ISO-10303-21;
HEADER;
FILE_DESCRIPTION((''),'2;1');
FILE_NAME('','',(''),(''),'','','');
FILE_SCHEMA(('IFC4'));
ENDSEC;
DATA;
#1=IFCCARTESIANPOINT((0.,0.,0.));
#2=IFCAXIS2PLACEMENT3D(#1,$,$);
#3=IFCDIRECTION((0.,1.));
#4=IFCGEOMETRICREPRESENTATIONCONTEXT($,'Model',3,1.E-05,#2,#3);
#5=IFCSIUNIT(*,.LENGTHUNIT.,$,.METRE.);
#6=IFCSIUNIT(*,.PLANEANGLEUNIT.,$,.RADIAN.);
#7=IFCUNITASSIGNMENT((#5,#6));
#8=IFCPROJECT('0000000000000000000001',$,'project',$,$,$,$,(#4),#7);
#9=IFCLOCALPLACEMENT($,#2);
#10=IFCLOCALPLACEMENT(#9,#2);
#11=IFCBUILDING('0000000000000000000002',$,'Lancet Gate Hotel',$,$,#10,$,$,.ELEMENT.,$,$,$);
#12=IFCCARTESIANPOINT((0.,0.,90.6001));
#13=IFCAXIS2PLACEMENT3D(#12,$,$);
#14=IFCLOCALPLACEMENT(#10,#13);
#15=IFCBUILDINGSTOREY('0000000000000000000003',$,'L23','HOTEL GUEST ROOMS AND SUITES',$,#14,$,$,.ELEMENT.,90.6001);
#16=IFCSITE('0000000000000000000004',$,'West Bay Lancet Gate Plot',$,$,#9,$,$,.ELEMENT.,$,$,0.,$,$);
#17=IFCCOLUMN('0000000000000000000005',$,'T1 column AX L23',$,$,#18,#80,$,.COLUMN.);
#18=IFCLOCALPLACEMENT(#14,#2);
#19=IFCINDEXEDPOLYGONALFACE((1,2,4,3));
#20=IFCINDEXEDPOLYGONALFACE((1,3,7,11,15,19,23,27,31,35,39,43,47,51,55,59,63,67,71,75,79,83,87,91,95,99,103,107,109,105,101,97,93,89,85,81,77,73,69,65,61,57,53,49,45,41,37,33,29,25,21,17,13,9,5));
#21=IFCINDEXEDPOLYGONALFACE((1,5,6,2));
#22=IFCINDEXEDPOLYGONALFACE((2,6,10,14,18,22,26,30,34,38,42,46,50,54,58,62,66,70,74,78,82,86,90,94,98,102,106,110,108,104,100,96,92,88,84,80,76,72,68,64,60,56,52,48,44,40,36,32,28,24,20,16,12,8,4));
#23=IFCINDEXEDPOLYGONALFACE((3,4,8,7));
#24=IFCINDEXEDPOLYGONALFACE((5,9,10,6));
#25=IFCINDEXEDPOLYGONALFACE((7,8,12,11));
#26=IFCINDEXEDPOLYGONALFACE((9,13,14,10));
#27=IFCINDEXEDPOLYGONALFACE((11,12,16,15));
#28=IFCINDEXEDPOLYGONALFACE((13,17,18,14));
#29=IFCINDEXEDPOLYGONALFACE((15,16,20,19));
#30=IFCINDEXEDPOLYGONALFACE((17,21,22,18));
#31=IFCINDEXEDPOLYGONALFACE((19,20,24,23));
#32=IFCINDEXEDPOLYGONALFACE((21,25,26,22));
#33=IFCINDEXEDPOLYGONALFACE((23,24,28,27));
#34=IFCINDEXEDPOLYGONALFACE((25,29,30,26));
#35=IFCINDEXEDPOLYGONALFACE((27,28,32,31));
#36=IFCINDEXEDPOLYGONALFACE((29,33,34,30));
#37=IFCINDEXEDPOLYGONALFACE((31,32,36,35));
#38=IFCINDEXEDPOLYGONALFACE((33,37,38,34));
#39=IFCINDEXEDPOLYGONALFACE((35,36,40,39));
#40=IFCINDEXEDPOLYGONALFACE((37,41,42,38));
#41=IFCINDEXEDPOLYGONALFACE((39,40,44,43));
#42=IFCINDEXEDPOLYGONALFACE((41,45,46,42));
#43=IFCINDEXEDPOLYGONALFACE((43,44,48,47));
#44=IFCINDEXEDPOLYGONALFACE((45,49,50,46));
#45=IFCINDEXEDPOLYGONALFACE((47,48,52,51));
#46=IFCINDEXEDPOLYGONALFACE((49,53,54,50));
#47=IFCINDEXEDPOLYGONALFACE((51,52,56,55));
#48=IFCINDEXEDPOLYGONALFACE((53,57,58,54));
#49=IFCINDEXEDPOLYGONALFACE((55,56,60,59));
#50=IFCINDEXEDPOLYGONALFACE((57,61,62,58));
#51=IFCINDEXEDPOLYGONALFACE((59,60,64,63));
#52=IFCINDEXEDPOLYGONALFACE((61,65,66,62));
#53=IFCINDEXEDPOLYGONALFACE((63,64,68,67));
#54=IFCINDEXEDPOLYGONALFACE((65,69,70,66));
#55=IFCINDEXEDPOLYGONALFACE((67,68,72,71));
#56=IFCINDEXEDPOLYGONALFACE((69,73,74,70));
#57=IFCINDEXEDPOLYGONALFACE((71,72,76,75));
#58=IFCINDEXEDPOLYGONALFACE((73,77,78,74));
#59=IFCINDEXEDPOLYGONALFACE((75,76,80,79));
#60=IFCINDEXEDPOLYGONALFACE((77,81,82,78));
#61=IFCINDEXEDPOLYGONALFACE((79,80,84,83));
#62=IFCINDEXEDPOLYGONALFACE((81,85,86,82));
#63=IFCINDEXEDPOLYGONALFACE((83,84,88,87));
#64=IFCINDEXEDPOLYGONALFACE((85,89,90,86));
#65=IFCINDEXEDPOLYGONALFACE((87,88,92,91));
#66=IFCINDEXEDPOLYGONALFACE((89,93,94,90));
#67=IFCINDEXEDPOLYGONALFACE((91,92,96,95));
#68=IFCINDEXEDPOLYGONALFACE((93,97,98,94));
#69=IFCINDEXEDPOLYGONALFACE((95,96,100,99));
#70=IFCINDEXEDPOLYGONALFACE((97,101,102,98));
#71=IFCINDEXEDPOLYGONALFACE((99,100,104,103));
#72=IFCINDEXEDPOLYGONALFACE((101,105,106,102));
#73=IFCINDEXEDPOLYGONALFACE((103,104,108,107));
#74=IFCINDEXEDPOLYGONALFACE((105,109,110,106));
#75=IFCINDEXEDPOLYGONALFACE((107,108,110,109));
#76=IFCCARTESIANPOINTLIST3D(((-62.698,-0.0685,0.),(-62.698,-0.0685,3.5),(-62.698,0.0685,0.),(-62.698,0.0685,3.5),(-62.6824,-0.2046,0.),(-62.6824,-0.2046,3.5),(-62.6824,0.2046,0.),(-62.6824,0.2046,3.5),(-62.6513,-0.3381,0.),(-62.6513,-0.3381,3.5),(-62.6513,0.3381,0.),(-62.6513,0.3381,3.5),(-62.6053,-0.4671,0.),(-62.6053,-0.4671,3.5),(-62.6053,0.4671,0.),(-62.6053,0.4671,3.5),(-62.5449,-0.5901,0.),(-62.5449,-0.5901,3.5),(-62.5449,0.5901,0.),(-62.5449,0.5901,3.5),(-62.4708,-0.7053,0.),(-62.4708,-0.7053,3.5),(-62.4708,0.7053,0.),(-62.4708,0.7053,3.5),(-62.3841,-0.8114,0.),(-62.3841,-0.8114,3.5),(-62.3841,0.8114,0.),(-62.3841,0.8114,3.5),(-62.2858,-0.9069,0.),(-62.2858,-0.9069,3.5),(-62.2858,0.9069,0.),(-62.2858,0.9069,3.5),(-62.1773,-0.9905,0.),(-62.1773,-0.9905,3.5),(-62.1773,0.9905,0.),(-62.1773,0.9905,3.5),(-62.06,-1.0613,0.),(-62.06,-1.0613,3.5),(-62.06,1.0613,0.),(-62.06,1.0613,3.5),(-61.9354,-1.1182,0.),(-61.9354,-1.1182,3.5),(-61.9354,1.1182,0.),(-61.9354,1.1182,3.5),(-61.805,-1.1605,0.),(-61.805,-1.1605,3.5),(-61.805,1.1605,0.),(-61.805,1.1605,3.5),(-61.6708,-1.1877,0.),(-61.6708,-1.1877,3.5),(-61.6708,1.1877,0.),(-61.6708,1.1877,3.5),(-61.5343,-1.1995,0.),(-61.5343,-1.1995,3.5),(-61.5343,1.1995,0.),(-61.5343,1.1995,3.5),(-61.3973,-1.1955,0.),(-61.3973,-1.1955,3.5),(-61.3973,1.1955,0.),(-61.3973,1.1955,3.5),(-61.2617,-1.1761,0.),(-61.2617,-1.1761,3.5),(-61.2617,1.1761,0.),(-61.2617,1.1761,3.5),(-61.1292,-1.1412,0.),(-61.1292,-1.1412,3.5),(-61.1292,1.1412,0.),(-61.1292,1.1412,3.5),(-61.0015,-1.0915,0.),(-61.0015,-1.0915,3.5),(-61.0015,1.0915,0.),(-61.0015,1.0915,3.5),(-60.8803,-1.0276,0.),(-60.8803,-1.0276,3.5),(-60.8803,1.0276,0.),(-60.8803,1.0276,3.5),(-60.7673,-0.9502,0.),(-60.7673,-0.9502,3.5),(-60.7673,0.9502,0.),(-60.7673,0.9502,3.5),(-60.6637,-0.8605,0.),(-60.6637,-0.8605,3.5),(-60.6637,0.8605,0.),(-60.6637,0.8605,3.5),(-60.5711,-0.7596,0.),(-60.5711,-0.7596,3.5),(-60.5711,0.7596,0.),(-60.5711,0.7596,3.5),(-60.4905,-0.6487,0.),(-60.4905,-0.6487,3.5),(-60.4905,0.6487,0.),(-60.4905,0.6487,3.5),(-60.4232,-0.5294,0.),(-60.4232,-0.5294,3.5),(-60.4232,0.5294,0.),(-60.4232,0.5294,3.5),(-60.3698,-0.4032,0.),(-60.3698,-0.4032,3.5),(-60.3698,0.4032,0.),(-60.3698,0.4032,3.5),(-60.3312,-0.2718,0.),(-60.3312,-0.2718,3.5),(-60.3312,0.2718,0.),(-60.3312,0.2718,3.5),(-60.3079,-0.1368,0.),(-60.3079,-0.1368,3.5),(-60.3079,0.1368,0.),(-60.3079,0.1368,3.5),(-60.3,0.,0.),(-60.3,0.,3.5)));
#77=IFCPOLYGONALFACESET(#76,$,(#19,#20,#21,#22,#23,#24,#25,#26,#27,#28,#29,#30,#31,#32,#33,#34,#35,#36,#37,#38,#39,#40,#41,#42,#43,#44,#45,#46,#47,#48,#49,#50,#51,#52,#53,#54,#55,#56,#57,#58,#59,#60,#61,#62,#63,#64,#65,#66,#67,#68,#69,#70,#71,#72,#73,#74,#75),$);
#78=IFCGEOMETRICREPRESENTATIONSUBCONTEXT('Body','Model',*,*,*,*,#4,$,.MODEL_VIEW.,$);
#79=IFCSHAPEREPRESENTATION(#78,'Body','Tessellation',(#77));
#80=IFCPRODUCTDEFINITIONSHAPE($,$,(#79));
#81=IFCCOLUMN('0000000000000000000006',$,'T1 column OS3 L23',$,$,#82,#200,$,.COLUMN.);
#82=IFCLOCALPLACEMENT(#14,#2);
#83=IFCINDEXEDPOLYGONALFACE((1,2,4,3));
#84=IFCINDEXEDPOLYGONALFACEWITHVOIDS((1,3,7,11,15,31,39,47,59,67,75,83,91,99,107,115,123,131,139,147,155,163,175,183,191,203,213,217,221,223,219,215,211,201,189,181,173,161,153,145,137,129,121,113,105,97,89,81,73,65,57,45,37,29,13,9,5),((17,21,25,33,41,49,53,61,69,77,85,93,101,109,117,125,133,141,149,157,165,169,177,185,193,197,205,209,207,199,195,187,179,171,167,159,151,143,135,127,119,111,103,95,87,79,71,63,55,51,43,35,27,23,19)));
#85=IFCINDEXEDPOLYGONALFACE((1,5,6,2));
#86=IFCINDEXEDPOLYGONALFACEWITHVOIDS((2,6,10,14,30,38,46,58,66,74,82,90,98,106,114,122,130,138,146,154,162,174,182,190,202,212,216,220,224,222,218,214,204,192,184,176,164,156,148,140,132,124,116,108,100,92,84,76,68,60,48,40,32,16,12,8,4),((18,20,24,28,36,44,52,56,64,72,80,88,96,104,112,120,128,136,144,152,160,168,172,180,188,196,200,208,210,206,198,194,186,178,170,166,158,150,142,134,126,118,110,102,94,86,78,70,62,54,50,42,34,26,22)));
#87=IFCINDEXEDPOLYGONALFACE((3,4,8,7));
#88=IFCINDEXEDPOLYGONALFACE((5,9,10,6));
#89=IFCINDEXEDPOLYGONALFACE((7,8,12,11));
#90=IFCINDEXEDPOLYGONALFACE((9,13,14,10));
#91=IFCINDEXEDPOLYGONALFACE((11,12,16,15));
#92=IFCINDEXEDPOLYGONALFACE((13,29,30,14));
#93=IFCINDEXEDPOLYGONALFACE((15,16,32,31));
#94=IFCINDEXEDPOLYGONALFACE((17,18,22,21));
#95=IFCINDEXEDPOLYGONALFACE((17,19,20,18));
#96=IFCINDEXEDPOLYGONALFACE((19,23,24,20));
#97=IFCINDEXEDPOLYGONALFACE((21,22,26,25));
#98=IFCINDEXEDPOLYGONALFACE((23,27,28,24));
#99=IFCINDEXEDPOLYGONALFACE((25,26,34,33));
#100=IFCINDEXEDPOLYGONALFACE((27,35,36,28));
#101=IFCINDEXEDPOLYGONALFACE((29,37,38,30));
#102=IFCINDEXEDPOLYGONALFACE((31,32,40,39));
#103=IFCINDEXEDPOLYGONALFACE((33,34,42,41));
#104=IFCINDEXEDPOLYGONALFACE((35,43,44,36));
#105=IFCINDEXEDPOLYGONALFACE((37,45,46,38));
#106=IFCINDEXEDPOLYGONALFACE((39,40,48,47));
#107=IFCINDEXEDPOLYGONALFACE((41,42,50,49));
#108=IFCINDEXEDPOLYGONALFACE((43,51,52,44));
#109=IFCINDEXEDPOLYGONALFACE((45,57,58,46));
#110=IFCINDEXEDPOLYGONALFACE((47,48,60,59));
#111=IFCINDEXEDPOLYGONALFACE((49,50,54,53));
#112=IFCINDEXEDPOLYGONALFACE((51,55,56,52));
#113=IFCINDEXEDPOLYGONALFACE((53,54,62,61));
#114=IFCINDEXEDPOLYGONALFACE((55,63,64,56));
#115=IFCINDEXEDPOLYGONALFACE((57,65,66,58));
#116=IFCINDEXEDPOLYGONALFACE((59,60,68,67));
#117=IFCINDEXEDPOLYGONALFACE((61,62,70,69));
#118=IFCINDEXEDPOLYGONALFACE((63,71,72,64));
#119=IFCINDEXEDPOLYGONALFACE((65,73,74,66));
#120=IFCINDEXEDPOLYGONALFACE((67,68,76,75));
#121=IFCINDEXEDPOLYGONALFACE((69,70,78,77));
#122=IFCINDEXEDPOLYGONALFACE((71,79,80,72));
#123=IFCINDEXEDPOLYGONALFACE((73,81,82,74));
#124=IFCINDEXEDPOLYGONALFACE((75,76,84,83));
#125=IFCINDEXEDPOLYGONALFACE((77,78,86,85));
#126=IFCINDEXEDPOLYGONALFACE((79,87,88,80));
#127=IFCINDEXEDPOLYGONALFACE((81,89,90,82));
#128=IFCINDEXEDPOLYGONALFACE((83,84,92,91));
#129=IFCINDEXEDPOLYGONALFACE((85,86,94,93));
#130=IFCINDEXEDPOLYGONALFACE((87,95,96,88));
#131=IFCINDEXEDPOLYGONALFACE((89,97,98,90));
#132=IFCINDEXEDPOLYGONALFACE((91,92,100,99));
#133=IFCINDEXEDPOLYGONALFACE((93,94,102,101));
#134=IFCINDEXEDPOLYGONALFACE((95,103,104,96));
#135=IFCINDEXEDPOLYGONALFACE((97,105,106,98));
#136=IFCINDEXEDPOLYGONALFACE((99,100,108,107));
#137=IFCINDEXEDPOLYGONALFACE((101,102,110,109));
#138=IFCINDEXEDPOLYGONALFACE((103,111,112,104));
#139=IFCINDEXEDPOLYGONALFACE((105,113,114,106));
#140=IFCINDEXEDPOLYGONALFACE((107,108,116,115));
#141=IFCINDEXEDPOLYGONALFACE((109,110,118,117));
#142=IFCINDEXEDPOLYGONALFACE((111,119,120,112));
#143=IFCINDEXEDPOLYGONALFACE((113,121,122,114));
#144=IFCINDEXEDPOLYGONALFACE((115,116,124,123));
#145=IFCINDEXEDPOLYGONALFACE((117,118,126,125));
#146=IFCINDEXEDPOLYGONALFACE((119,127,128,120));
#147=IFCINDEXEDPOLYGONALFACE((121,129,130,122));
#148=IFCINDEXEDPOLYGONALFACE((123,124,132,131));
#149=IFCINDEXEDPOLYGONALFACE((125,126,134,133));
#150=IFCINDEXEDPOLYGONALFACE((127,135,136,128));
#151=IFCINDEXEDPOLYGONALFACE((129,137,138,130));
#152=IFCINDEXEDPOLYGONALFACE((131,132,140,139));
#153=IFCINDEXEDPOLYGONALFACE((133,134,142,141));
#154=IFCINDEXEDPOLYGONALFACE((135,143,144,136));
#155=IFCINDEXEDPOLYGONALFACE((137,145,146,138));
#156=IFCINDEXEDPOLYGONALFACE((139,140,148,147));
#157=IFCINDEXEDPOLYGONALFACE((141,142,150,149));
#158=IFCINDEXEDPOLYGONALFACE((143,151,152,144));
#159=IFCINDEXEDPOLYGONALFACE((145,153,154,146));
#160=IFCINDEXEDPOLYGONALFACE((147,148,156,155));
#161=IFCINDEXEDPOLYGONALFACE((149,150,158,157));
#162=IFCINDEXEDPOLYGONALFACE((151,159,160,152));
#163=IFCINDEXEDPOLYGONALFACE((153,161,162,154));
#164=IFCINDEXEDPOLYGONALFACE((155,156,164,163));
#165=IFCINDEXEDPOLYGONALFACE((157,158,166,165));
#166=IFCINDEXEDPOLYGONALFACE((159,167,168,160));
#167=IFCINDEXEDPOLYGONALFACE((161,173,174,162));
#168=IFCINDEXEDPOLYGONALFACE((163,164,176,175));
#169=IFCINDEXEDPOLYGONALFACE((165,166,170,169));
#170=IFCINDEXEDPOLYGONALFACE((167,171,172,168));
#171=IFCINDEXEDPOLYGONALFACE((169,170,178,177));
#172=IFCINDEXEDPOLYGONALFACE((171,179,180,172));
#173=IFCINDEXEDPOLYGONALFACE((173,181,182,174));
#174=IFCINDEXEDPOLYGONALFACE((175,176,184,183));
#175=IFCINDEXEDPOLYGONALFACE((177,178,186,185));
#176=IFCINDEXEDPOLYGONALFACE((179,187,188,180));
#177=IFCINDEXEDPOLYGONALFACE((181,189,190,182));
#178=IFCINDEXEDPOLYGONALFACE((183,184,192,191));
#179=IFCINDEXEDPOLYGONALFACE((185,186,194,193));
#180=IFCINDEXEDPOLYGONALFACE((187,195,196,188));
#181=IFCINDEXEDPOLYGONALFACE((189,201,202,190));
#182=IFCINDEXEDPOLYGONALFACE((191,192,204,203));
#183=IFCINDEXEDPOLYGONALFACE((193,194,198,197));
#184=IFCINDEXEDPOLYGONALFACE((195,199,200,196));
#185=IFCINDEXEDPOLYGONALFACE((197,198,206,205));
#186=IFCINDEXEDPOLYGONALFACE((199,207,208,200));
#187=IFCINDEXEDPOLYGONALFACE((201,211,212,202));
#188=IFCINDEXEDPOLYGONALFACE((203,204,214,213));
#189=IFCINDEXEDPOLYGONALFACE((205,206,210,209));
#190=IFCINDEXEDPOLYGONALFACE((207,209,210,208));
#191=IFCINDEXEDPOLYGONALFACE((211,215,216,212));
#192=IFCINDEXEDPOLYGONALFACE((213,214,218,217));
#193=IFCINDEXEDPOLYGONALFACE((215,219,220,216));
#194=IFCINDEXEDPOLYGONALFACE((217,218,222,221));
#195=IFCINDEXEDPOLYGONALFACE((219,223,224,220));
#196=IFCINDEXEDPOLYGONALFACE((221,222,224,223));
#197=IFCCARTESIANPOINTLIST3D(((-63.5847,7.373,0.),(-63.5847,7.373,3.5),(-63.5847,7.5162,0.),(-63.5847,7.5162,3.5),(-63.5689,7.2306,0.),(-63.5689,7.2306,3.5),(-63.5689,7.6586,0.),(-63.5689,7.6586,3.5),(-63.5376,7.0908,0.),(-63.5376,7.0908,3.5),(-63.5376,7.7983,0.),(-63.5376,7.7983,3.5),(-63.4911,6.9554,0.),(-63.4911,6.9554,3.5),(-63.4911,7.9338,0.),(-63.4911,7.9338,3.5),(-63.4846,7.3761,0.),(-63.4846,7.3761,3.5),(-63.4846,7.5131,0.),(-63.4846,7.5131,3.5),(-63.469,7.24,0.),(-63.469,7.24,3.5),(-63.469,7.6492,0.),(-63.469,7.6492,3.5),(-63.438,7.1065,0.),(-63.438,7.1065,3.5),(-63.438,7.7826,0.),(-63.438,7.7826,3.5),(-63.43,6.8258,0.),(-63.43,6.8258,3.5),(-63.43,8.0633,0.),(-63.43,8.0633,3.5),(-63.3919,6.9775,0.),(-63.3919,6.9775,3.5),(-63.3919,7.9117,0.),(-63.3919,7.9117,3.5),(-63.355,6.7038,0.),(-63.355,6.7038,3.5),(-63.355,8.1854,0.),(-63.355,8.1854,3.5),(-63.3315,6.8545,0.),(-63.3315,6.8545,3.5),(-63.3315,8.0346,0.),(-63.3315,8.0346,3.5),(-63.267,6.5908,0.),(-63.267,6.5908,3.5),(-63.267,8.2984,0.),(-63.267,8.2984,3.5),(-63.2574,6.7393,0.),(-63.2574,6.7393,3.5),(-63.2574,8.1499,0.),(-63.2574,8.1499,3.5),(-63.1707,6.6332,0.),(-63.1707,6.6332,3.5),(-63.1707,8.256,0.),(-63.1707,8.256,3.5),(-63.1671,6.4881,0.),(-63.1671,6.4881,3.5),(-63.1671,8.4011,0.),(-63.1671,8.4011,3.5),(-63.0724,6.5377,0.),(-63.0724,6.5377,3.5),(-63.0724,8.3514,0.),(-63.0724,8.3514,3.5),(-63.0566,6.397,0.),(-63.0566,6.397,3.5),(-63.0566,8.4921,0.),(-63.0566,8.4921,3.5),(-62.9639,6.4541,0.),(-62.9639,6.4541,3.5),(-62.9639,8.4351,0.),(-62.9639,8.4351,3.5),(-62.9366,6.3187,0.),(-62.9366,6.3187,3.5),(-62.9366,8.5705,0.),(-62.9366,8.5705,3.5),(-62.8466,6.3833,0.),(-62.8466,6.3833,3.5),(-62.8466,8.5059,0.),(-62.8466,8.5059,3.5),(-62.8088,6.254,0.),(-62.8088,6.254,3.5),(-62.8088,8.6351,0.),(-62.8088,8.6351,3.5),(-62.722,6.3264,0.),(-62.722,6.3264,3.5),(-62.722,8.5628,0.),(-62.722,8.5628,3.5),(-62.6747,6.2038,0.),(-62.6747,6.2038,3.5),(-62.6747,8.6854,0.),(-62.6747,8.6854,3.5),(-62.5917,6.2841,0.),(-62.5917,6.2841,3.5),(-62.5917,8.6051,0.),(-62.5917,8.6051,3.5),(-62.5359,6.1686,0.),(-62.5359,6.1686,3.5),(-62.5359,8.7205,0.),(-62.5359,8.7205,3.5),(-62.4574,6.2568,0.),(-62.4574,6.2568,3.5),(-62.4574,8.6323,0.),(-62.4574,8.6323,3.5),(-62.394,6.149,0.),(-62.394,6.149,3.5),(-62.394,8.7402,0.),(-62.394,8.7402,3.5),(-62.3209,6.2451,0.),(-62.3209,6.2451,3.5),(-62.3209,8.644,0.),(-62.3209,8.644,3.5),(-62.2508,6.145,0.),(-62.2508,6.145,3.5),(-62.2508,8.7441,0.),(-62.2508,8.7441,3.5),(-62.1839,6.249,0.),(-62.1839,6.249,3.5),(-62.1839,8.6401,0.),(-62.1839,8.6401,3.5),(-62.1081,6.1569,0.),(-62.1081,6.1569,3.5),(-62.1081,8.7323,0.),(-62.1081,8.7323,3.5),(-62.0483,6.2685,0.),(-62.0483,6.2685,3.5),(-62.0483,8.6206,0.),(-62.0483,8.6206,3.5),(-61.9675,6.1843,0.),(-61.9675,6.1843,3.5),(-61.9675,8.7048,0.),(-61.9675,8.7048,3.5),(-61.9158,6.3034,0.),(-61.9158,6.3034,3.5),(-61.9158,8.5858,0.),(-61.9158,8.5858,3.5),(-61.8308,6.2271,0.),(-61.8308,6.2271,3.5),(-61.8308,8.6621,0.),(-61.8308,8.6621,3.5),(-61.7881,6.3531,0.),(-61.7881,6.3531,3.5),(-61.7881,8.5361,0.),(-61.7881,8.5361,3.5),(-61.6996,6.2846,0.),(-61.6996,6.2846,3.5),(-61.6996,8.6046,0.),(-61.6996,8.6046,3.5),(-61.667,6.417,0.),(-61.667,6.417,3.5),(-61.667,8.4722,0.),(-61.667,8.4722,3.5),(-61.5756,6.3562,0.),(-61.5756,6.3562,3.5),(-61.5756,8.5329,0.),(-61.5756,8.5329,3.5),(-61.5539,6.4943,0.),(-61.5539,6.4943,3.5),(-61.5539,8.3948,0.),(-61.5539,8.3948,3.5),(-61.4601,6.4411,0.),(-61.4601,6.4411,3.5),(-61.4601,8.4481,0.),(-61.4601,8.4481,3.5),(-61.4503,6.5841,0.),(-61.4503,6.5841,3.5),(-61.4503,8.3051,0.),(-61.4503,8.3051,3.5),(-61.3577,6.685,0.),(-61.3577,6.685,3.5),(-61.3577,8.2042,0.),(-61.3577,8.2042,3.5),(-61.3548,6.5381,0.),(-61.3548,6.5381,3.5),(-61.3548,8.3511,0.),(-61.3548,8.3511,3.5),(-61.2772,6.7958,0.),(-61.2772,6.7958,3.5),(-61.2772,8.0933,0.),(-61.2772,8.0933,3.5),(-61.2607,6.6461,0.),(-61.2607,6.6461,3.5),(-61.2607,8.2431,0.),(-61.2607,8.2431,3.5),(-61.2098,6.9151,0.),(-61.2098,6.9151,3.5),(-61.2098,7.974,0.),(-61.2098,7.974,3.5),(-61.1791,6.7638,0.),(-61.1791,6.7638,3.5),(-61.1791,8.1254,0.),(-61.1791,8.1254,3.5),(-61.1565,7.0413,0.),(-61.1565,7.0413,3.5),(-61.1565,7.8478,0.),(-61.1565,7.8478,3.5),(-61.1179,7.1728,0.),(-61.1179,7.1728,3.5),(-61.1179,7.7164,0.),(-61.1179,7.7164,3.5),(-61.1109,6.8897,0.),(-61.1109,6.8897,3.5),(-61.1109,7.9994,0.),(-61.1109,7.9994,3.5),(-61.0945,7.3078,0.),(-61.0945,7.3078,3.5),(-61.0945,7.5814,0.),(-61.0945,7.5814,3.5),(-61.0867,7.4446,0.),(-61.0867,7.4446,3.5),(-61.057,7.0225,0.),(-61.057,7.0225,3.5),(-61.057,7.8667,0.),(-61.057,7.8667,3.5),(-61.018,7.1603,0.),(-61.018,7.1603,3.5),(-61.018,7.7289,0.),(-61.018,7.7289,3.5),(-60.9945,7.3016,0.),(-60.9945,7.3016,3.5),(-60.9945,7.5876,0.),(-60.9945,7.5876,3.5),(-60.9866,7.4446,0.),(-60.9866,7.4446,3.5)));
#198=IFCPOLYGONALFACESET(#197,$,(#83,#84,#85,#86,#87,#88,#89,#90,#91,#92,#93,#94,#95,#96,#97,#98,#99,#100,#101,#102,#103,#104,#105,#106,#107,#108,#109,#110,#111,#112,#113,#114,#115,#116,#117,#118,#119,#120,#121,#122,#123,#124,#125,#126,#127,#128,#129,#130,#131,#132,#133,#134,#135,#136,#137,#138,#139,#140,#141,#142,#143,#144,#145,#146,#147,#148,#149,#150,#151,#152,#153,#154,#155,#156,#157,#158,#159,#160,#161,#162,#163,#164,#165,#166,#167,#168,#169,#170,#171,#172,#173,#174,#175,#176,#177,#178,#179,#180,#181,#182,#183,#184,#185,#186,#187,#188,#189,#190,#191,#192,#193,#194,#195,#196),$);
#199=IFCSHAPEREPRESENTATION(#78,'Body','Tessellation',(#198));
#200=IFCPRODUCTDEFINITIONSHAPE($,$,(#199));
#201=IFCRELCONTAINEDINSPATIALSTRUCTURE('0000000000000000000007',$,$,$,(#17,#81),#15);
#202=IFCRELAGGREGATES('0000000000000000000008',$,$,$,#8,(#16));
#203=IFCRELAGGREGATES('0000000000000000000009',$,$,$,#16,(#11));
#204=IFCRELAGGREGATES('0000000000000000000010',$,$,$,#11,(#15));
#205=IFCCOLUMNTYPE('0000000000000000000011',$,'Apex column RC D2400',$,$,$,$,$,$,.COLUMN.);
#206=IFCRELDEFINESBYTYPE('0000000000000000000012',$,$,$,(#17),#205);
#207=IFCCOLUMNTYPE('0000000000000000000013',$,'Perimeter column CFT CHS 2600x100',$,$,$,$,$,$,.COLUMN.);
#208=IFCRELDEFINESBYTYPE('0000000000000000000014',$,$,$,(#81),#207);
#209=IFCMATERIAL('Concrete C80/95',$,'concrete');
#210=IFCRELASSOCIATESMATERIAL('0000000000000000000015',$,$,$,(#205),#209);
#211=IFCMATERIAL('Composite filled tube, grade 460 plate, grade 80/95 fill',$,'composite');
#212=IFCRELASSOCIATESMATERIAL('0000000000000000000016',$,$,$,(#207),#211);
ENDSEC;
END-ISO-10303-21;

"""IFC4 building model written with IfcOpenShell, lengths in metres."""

from ifc_helpers import new_model, si_unit, direction, frame, origin, origin_2d, place, context, subcontext, project, spatial, circle, hollow_circle, extrude, material, material_profile, profile_set, type_object, element, save


model = new_model("IFC4")

# Units and contexts
model_context = context("Model", 3, precision=1e-05, world=origin(), true_north=direction((0.0, 1.0)))
body_context = subcontext(model_context, "Body", "Model", "MODEL_VIEW")
ifc_project = project(units=[si_unit("LENGTHUNIT", "METRE"), si_unit("PLANEANGLEUNIT", "RADIAN")], contexts=[model_context])

# Site, building, storey
site_placement = place(None, origin())
site = spatial("IfcSite", under=ifc_project, at=site_placement, Name="West Bay Lancet Gate Plot", CompositionType="ELEMENT", RefElevation=0.0)
building_placement = place(site_placement, origin())
building = spatial("IfcBuilding", under=site, at=building_placement, Name="Lancet Gate Hotel", CompositionType="ELEMENT")
storey_placement = place(building_placement, frame((0.0, 0.0, 90.6001)))
storey = spatial("IfcBuildingStorey", under=building, at=storey_placement, Name="L23", Description="HOTEL GUEST ROOMS AND SUITES", CompositionType="ELEMENT", Elevation=90.6001)

# Columns
ifc_material_1 = material(Name="Concrete C80/95", Category="concrete")
ifc_material_profile_1 = material_profile(ifc_material_1, circle(Radius=1.2, at=origin_2d()), Name="RC D2400")
ifc_profile_set_1 = profile_set([ifc_material_profile_1], Name="Concrete C80/95")
column_type_1 = type_object("IfcColumnType", Name="Apex column RC D2400", PredefinedType="COLUMN", material=ifc_profile_set_1)
column_1_placement = place(storey_placement, frame((-61.5, 0.0, 0.0), z_axis=(0.0, 0.0, 1.0), x_axis=(1.0, 0.0, 0.0)))
element("IfcColumn", 1, at=column_1_placement, inside=storey, type_object=column_type_1, Name="T1 column AX L23", PredefinedType="COLUMN", context=body_context, shape_type="SweptSolid", body=[
    extrude(circle(Radius=1.2, at=origin_2d()), origin(), (0.0, 0.0, 1.0), 3.5),
])
ifc_material_2 = material(Name="Composite filled tube, grade 460 plate, grade 80/95 fill", Category="composite")
ifc_material_profile_2 = material_profile(ifc_material_2, hollow_circle(Radius=1.3, WallThickness=0.1001, at=origin_2d()), Name="CHS 2600x100")
ifc_profile_set_2 = profile_set([ifc_material_profile_2], Name="Composite filled tube, grade 460 plate, grade 80/95 fill")
column_type_2 = type_object("IfcColumnType", Name="Perimeter column CFT CHS 2600x100", PredefinedType="COLUMN", material=ifc_profile_set_2)
column_2_placement = place(storey_placement, frame((-62.2866, 7.4446, 0.0), z_axis=(0.0, 0.0, 1.0), x_axis=(1.0, 0.0, 0.0)))
element("IfcColumn", 2, at=column_2_placement, inside=storey, type_object=column_type_2, Name="T1 column OS3 L23", PredefinedType="COLUMN", context=body_context, shape_type="SweptSolid", body=[
    extrude(hollow_circle(Radius=1.3, WallThickness=0.1001, at=origin_2d()), origin(), (0.0, 0.0, 1.0), 3.5),
])

save(model, "model.ifc")
